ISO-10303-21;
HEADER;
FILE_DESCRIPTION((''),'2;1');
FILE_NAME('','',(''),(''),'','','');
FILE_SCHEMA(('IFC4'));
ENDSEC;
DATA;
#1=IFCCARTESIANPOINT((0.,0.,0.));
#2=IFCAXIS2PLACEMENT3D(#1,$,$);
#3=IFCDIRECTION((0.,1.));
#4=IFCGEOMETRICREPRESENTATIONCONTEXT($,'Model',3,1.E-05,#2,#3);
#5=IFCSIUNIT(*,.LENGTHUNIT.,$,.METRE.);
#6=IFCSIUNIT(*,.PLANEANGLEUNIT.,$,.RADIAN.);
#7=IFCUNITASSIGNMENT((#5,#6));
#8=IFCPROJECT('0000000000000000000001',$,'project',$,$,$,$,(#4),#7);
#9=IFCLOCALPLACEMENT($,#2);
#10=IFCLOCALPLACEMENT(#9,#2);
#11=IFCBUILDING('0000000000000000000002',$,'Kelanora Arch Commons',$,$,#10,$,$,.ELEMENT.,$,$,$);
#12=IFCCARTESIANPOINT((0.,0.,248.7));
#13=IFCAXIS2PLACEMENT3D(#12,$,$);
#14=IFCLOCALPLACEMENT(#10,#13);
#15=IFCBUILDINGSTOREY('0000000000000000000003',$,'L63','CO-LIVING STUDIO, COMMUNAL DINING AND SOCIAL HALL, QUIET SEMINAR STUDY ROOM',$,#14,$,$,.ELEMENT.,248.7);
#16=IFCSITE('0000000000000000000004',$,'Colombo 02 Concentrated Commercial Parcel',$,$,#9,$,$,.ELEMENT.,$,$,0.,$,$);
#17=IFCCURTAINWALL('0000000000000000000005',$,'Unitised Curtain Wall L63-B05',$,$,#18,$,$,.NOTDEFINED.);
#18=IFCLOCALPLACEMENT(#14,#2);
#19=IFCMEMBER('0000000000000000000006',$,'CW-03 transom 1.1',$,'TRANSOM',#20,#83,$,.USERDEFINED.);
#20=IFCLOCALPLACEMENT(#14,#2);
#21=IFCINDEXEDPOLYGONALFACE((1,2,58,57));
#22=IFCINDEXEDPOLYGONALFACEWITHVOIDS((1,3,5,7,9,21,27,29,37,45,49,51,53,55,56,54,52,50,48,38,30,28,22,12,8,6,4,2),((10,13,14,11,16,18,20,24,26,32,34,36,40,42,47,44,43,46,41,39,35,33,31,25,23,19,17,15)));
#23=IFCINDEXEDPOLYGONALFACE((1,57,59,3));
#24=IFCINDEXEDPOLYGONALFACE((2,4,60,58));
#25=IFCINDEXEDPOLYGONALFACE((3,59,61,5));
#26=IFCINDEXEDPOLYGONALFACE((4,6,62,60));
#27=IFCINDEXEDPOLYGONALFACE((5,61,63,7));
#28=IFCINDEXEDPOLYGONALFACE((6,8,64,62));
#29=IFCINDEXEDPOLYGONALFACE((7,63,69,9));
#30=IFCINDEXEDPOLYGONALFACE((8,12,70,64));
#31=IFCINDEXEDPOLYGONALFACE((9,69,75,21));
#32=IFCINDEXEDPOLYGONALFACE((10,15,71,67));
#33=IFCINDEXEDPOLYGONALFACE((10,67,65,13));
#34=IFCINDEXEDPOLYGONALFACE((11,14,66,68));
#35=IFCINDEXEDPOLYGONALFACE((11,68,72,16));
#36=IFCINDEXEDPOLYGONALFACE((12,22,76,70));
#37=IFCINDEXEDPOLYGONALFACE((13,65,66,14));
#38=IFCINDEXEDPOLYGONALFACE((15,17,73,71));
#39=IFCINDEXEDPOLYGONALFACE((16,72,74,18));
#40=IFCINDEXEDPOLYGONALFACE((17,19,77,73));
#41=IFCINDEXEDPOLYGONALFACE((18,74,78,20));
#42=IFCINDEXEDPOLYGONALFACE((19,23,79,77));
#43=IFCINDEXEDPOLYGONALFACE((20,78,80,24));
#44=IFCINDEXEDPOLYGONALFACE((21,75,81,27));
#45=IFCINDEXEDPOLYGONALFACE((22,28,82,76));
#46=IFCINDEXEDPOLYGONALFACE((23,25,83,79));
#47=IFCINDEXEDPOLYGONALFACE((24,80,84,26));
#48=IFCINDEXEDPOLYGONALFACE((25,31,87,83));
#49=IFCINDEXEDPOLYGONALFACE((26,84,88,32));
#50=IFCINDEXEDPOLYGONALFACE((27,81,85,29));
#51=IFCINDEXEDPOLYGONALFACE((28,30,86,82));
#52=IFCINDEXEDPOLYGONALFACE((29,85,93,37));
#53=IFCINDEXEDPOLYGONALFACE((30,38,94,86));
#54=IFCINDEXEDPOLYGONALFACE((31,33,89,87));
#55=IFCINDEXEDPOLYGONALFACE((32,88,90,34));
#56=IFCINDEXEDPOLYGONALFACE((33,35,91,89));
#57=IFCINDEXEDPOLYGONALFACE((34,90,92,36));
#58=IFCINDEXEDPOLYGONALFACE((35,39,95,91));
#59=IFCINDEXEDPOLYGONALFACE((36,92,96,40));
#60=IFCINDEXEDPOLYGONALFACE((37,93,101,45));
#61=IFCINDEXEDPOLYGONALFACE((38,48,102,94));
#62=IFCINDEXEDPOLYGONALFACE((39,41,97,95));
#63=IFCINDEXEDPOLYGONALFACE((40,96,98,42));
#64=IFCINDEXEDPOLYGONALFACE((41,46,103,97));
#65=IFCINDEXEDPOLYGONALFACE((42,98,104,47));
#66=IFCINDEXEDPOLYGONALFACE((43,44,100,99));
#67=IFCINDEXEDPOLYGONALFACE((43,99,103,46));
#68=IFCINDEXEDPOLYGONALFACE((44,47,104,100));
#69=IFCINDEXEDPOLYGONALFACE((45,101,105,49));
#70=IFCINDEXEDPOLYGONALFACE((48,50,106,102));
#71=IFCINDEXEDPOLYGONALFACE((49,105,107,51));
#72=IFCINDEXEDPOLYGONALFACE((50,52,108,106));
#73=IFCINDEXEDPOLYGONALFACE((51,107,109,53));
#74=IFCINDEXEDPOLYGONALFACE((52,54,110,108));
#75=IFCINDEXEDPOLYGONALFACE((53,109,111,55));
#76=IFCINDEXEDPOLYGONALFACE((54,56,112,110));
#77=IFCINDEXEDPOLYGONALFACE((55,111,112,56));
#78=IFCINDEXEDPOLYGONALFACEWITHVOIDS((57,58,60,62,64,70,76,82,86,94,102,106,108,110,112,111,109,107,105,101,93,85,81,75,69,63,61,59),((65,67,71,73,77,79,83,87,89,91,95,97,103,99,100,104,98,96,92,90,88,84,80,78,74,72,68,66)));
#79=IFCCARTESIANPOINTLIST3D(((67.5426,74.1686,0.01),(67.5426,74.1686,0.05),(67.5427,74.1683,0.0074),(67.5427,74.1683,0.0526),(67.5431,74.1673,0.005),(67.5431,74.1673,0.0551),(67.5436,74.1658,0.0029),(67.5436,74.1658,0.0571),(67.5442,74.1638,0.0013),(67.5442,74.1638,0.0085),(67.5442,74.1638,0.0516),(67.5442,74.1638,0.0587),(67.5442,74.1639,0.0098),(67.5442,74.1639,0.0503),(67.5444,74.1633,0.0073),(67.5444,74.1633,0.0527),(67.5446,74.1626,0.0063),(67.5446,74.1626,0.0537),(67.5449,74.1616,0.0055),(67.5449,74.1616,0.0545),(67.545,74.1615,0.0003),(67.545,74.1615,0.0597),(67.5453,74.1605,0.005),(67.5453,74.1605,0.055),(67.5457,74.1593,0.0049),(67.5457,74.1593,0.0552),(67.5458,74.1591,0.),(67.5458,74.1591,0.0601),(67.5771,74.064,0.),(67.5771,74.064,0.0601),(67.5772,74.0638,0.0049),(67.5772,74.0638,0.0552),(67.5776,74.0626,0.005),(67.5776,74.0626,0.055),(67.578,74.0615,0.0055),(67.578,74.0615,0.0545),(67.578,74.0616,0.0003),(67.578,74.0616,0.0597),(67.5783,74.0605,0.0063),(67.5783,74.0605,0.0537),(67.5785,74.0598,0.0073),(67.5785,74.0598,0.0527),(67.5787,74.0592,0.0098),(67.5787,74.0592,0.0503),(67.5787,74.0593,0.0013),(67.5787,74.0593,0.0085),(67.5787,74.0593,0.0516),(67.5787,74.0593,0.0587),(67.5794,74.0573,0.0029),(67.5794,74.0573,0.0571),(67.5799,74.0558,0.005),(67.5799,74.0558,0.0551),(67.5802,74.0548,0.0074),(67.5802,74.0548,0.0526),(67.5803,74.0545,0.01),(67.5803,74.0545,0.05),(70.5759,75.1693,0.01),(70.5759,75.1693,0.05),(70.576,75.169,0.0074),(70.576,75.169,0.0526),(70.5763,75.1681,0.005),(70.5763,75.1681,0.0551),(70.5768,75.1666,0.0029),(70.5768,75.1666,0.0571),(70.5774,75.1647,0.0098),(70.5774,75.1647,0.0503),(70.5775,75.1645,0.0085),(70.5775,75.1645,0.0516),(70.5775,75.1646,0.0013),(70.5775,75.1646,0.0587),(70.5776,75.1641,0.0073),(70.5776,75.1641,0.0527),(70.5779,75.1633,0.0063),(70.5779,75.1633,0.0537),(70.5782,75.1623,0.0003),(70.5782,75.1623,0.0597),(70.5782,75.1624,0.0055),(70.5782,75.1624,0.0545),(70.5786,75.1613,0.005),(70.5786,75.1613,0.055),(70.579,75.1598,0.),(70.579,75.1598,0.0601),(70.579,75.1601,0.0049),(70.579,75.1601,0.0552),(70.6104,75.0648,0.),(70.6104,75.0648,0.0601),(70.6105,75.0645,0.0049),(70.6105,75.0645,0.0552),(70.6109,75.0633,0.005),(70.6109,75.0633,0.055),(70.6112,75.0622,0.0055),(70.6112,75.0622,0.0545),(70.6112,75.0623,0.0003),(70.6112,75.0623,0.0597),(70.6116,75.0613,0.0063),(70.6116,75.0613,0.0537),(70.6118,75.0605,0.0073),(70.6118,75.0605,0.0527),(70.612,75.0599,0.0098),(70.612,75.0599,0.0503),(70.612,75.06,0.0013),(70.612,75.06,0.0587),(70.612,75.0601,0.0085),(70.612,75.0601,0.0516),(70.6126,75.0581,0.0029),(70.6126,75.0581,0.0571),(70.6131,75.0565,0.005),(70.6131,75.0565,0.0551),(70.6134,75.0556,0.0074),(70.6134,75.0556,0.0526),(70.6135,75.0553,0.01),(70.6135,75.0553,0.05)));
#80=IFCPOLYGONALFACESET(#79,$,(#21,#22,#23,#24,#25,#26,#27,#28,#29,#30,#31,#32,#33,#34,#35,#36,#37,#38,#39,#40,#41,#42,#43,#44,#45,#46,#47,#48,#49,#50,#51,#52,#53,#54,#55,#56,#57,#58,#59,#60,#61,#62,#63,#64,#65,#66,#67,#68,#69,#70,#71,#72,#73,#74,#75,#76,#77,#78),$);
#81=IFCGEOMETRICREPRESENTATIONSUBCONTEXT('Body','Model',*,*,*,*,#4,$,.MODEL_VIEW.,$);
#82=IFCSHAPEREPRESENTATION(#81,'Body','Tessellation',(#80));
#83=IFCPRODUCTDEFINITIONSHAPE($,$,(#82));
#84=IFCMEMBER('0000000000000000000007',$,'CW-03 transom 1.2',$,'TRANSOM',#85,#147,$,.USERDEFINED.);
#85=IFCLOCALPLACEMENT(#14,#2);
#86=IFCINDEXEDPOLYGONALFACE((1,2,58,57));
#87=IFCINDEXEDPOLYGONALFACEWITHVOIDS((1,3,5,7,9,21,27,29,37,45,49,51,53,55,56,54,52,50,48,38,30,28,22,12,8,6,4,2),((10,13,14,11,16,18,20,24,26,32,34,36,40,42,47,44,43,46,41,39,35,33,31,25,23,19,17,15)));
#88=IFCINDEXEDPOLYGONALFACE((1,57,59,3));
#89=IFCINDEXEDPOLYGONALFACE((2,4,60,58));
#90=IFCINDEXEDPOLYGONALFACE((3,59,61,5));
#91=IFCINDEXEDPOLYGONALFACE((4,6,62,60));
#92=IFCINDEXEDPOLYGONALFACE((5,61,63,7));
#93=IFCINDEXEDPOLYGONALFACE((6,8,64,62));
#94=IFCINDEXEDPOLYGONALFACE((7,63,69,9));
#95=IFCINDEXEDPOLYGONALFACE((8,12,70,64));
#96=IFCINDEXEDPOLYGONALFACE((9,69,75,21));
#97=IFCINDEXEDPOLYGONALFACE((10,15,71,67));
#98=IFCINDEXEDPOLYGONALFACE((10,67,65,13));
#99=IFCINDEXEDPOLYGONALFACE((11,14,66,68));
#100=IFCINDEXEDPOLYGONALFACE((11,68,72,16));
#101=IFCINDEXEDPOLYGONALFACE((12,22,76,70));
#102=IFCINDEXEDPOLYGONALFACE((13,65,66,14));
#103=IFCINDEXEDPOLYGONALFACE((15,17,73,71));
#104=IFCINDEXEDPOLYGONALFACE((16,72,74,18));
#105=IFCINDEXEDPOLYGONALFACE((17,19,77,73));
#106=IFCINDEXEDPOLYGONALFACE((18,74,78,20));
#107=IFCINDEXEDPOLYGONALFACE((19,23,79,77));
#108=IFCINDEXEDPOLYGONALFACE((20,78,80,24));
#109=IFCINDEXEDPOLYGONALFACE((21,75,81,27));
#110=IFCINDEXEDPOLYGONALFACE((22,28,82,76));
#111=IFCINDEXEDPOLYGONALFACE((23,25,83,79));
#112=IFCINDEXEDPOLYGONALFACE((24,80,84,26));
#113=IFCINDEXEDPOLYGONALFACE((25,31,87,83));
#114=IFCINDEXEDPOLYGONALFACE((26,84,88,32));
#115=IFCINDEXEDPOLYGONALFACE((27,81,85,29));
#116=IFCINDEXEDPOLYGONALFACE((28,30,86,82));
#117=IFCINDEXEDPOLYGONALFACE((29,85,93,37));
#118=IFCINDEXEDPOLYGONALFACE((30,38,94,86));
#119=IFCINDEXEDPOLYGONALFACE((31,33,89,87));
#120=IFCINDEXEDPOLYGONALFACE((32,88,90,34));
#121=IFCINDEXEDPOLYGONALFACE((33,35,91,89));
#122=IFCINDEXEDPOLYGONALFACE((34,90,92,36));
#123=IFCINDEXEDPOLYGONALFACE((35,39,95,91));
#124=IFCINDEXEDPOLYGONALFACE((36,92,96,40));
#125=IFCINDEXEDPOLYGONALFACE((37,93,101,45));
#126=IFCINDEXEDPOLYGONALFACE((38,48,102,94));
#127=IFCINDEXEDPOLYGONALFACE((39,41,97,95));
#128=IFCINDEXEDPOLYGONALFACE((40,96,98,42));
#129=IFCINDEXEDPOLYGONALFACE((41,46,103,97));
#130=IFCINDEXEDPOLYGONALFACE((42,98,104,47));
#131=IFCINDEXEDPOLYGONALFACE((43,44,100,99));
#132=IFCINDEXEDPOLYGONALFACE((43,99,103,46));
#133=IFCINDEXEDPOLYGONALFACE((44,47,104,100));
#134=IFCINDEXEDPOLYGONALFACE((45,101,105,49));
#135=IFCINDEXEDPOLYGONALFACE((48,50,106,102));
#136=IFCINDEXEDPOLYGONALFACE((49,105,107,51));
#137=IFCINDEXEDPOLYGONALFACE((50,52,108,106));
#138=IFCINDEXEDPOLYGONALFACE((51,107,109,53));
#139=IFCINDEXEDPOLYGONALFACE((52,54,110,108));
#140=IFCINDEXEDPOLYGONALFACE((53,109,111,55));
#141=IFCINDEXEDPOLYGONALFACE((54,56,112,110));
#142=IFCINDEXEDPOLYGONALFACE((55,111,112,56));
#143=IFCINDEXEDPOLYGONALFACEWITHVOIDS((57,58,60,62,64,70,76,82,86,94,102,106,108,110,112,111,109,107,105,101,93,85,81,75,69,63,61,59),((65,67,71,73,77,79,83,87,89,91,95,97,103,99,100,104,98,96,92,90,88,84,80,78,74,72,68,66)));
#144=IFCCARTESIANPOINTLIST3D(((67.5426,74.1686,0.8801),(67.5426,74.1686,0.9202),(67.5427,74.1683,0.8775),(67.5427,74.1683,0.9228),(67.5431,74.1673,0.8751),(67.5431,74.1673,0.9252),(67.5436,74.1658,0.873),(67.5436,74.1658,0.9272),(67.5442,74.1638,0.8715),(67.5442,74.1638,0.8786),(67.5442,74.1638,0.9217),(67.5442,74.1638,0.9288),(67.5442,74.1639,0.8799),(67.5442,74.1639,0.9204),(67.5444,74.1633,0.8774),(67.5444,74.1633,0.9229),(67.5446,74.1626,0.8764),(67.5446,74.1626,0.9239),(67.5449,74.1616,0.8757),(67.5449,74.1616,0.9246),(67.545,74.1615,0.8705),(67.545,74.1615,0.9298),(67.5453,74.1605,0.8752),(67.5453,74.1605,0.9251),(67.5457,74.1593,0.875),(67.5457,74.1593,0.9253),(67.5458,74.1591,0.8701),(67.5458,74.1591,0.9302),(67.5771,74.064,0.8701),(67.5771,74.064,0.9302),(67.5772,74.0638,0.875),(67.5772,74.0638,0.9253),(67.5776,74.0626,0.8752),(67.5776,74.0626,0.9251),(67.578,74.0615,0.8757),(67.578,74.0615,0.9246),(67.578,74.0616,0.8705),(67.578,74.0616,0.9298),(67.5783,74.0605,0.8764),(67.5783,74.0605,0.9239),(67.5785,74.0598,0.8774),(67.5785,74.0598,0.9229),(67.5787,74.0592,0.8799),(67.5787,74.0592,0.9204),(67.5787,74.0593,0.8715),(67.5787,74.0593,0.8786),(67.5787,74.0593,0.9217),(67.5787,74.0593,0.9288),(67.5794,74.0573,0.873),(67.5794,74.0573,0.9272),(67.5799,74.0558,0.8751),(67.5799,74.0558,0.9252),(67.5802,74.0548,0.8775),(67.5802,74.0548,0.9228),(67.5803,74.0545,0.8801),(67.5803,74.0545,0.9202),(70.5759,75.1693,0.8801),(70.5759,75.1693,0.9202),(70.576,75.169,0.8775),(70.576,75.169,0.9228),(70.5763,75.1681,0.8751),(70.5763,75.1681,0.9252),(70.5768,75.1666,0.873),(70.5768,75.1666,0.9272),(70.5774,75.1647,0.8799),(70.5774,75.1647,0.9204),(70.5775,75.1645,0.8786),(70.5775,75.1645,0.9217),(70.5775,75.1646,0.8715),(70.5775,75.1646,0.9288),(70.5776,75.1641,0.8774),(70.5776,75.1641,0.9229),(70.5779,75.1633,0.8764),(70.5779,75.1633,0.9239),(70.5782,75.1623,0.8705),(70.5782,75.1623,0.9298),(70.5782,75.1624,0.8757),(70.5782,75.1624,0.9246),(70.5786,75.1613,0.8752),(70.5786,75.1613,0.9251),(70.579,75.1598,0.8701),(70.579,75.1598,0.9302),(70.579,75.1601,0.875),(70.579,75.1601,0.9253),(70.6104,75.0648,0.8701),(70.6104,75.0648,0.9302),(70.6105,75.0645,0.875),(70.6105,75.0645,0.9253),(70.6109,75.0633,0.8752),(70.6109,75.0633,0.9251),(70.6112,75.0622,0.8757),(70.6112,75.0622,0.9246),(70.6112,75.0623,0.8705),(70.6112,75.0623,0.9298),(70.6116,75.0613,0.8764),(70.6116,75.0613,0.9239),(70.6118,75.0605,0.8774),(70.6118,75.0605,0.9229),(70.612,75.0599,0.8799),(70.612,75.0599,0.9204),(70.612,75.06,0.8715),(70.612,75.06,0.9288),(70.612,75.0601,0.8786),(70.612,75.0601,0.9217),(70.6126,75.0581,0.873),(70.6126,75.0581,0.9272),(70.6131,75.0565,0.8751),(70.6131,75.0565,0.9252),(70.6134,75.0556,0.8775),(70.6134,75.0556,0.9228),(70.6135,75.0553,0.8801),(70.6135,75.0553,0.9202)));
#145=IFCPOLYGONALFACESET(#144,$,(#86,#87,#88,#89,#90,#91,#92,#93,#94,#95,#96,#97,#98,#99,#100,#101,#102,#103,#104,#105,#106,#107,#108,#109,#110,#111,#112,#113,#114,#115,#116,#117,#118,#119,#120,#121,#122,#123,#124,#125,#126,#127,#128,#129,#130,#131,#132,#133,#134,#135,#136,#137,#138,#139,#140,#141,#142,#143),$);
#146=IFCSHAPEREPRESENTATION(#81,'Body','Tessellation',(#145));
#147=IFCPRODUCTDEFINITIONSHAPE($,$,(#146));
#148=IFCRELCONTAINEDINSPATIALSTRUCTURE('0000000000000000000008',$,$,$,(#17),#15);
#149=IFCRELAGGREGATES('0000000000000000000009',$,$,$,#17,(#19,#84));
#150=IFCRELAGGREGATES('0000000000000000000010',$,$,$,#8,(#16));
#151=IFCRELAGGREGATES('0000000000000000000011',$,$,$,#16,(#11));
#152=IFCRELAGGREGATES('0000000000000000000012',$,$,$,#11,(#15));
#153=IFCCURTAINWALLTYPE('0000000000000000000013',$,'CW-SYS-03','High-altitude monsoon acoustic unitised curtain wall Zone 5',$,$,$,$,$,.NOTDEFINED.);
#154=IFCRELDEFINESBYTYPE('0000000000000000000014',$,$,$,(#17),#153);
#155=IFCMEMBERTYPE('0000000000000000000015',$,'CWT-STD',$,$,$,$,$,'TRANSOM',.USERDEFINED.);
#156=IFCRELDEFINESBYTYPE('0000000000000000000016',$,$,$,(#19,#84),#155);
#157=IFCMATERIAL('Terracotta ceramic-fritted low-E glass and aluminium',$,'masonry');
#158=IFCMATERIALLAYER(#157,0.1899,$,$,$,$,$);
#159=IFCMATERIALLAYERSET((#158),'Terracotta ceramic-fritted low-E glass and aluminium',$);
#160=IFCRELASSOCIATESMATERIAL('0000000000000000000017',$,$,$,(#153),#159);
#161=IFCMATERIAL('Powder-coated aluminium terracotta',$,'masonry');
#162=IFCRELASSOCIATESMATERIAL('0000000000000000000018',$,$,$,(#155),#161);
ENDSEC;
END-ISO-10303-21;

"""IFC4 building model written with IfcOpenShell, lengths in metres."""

from ifc_helpers import new_model, si_unit, direction, frame, origin, origin_2d, place, context, subcontext, project, spatial, hollow_rectangle, extrude, material, layer, layer_set, material_profile, profile_set, type_object, element, aggregate, save


model = new_model("IFC4")

# Units and contexts
model_context = context("Model", 3, precision=1e-05, world=origin(), true_north=direction((0.0, 1.0)))
body_context = subcontext(model_context, "Body", "Model", "MODEL_VIEW")
ifc_project = project(units=[si_unit("LENGTHUNIT", "METRE"), si_unit("PLANEANGLEUNIT", "RADIAN")], contexts=[model_context])

# Site, building, storey
site_placement = place(None, origin())
site = spatial("IfcSite", under=ifc_project, at=site_placement, Name="Colombo 02 Concentrated Commercial Parcel", CompositionType="ELEMENT", RefElevation=0.0)
building_placement = place(site_placement, origin())
building = spatial("IfcBuilding", under=site, at=building_placement, Name="Kelanora Arch Commons", CompositionType="ELEMENT")
storey_placement = place(building_placement, frame((0.0, 0.0, 248.7)))
storey = spatial("IfcBuildingStorey", under=building, at=storey_placement, Name="L63", Description="CO-LIVING STUDIO, COMMUNAL DINING AND SOCIAL HALL, QUIET SEMINAR STUDY ROOM", CompositionType="ELEMENT", Elevation=248.7)

# Curtain wall, members
ifc_material_1 = material(Name="Terracotta ceramic-fritted low-E glass and aluminium", Category="masonry")
ifc_layer_1 = layer(ifc_material_1, 0.1899)
ifc_layer_set_1 = layer_set([ifc_layer_1], Name="Terracotta ceramic-fritted low-E glass and aluminium")
curtain_wall_type = type_object("IfcCurtainWallType", Name="CW-SYS-03", Description="High-altitude monsoon acoustic unitised curtain wall Zone 5", PredefinedType="NOTDEFINED", material=ifc_layer_set_1)
curtain_wall_placement = place(storey_placement, origin())
curtain_wall = element("IfcCurtainWall", 1, at=curtain_wall_placement, inside=storey, type_object=curtain_wall_type, Name="Unitised Curtain Wall L63-B05", PredefinedType="NOTDEFINED")
ifc_material_2 = material(Name="Powder-coated aluminium terracotta", Category="masonry")
ifc_material_profile_1 = material_profile(ifc_material_2, hollow_rectangle(XDim=0.1201, YDim=0.0601, WallThickness=0.0049, InnerFilletRadius=0.0049, OuterFilletRadius=0.01, at=origin_2d()), Name="CWT120x60")
ifc_profile_set_1 = profile_set([ifc_material_profile_1], Name="Powder-coated aluminium terracotta")
member_type_1 = type_object("IfcMemberType", Name="CWT-STD", ElementType="TRANSOM", PredefinedType="USERDEFINED", material=ifc_profile_set_1)
member_1_placement = place(storey_placement, frame((70.5947, 75.1123, 0.03), z_axis=(-0.94965, -0.313314, 0.0), x_axis=(0.313314, -0.94965, 0.0)))
member_1 = element("IfcMember", 2, at=member_1_placement, type_object=member_type_1, Name="CW-03 transom 1.1", ObjectType="TRANSOM", PredefinedType="USERDEFINED", context=body_context, shape_type="SweptSolid", body=[
    extrude(hollow_rectangle(XDim=0.1201, YDim=0.0601, WallThickness=0.0049, InnerFilletRadius=0.0049, OuterFilletRadius=0.01, at=origin_2d()), origin(), (0.0, 0.0, 1.0), 3.1941),
])
member_2_placement = place(storey_placement, frame((70.5947, 75.1123, 0.9001), z_axis=(-0.94965, -0.313314, 0.0), x_axis=(0.313314, -0.94965, 0.0)))
member_2 = element("IfcMember", 3, at=member_2_placement, type_object=member_type_1, Name="CW-03 transom 1.2", ObjectType="TRANSOM", PredefinedType="USERDEFINED", context=body_context, shape_type="SweptSolid", body=[
    extrude(hollow_rectangle(XDim=0.1201, YDim=0.0601, WallThickness=0.0049, InnerFilletRadius=0.0049, OuterFilletRadius=0.01, at=origin_2d()), origin(), (0.0, 0.0, 1.0), 3.1941),
])
aggregate(curtain_wall, [member_1, member_2])

save(model, "model.ifc")
